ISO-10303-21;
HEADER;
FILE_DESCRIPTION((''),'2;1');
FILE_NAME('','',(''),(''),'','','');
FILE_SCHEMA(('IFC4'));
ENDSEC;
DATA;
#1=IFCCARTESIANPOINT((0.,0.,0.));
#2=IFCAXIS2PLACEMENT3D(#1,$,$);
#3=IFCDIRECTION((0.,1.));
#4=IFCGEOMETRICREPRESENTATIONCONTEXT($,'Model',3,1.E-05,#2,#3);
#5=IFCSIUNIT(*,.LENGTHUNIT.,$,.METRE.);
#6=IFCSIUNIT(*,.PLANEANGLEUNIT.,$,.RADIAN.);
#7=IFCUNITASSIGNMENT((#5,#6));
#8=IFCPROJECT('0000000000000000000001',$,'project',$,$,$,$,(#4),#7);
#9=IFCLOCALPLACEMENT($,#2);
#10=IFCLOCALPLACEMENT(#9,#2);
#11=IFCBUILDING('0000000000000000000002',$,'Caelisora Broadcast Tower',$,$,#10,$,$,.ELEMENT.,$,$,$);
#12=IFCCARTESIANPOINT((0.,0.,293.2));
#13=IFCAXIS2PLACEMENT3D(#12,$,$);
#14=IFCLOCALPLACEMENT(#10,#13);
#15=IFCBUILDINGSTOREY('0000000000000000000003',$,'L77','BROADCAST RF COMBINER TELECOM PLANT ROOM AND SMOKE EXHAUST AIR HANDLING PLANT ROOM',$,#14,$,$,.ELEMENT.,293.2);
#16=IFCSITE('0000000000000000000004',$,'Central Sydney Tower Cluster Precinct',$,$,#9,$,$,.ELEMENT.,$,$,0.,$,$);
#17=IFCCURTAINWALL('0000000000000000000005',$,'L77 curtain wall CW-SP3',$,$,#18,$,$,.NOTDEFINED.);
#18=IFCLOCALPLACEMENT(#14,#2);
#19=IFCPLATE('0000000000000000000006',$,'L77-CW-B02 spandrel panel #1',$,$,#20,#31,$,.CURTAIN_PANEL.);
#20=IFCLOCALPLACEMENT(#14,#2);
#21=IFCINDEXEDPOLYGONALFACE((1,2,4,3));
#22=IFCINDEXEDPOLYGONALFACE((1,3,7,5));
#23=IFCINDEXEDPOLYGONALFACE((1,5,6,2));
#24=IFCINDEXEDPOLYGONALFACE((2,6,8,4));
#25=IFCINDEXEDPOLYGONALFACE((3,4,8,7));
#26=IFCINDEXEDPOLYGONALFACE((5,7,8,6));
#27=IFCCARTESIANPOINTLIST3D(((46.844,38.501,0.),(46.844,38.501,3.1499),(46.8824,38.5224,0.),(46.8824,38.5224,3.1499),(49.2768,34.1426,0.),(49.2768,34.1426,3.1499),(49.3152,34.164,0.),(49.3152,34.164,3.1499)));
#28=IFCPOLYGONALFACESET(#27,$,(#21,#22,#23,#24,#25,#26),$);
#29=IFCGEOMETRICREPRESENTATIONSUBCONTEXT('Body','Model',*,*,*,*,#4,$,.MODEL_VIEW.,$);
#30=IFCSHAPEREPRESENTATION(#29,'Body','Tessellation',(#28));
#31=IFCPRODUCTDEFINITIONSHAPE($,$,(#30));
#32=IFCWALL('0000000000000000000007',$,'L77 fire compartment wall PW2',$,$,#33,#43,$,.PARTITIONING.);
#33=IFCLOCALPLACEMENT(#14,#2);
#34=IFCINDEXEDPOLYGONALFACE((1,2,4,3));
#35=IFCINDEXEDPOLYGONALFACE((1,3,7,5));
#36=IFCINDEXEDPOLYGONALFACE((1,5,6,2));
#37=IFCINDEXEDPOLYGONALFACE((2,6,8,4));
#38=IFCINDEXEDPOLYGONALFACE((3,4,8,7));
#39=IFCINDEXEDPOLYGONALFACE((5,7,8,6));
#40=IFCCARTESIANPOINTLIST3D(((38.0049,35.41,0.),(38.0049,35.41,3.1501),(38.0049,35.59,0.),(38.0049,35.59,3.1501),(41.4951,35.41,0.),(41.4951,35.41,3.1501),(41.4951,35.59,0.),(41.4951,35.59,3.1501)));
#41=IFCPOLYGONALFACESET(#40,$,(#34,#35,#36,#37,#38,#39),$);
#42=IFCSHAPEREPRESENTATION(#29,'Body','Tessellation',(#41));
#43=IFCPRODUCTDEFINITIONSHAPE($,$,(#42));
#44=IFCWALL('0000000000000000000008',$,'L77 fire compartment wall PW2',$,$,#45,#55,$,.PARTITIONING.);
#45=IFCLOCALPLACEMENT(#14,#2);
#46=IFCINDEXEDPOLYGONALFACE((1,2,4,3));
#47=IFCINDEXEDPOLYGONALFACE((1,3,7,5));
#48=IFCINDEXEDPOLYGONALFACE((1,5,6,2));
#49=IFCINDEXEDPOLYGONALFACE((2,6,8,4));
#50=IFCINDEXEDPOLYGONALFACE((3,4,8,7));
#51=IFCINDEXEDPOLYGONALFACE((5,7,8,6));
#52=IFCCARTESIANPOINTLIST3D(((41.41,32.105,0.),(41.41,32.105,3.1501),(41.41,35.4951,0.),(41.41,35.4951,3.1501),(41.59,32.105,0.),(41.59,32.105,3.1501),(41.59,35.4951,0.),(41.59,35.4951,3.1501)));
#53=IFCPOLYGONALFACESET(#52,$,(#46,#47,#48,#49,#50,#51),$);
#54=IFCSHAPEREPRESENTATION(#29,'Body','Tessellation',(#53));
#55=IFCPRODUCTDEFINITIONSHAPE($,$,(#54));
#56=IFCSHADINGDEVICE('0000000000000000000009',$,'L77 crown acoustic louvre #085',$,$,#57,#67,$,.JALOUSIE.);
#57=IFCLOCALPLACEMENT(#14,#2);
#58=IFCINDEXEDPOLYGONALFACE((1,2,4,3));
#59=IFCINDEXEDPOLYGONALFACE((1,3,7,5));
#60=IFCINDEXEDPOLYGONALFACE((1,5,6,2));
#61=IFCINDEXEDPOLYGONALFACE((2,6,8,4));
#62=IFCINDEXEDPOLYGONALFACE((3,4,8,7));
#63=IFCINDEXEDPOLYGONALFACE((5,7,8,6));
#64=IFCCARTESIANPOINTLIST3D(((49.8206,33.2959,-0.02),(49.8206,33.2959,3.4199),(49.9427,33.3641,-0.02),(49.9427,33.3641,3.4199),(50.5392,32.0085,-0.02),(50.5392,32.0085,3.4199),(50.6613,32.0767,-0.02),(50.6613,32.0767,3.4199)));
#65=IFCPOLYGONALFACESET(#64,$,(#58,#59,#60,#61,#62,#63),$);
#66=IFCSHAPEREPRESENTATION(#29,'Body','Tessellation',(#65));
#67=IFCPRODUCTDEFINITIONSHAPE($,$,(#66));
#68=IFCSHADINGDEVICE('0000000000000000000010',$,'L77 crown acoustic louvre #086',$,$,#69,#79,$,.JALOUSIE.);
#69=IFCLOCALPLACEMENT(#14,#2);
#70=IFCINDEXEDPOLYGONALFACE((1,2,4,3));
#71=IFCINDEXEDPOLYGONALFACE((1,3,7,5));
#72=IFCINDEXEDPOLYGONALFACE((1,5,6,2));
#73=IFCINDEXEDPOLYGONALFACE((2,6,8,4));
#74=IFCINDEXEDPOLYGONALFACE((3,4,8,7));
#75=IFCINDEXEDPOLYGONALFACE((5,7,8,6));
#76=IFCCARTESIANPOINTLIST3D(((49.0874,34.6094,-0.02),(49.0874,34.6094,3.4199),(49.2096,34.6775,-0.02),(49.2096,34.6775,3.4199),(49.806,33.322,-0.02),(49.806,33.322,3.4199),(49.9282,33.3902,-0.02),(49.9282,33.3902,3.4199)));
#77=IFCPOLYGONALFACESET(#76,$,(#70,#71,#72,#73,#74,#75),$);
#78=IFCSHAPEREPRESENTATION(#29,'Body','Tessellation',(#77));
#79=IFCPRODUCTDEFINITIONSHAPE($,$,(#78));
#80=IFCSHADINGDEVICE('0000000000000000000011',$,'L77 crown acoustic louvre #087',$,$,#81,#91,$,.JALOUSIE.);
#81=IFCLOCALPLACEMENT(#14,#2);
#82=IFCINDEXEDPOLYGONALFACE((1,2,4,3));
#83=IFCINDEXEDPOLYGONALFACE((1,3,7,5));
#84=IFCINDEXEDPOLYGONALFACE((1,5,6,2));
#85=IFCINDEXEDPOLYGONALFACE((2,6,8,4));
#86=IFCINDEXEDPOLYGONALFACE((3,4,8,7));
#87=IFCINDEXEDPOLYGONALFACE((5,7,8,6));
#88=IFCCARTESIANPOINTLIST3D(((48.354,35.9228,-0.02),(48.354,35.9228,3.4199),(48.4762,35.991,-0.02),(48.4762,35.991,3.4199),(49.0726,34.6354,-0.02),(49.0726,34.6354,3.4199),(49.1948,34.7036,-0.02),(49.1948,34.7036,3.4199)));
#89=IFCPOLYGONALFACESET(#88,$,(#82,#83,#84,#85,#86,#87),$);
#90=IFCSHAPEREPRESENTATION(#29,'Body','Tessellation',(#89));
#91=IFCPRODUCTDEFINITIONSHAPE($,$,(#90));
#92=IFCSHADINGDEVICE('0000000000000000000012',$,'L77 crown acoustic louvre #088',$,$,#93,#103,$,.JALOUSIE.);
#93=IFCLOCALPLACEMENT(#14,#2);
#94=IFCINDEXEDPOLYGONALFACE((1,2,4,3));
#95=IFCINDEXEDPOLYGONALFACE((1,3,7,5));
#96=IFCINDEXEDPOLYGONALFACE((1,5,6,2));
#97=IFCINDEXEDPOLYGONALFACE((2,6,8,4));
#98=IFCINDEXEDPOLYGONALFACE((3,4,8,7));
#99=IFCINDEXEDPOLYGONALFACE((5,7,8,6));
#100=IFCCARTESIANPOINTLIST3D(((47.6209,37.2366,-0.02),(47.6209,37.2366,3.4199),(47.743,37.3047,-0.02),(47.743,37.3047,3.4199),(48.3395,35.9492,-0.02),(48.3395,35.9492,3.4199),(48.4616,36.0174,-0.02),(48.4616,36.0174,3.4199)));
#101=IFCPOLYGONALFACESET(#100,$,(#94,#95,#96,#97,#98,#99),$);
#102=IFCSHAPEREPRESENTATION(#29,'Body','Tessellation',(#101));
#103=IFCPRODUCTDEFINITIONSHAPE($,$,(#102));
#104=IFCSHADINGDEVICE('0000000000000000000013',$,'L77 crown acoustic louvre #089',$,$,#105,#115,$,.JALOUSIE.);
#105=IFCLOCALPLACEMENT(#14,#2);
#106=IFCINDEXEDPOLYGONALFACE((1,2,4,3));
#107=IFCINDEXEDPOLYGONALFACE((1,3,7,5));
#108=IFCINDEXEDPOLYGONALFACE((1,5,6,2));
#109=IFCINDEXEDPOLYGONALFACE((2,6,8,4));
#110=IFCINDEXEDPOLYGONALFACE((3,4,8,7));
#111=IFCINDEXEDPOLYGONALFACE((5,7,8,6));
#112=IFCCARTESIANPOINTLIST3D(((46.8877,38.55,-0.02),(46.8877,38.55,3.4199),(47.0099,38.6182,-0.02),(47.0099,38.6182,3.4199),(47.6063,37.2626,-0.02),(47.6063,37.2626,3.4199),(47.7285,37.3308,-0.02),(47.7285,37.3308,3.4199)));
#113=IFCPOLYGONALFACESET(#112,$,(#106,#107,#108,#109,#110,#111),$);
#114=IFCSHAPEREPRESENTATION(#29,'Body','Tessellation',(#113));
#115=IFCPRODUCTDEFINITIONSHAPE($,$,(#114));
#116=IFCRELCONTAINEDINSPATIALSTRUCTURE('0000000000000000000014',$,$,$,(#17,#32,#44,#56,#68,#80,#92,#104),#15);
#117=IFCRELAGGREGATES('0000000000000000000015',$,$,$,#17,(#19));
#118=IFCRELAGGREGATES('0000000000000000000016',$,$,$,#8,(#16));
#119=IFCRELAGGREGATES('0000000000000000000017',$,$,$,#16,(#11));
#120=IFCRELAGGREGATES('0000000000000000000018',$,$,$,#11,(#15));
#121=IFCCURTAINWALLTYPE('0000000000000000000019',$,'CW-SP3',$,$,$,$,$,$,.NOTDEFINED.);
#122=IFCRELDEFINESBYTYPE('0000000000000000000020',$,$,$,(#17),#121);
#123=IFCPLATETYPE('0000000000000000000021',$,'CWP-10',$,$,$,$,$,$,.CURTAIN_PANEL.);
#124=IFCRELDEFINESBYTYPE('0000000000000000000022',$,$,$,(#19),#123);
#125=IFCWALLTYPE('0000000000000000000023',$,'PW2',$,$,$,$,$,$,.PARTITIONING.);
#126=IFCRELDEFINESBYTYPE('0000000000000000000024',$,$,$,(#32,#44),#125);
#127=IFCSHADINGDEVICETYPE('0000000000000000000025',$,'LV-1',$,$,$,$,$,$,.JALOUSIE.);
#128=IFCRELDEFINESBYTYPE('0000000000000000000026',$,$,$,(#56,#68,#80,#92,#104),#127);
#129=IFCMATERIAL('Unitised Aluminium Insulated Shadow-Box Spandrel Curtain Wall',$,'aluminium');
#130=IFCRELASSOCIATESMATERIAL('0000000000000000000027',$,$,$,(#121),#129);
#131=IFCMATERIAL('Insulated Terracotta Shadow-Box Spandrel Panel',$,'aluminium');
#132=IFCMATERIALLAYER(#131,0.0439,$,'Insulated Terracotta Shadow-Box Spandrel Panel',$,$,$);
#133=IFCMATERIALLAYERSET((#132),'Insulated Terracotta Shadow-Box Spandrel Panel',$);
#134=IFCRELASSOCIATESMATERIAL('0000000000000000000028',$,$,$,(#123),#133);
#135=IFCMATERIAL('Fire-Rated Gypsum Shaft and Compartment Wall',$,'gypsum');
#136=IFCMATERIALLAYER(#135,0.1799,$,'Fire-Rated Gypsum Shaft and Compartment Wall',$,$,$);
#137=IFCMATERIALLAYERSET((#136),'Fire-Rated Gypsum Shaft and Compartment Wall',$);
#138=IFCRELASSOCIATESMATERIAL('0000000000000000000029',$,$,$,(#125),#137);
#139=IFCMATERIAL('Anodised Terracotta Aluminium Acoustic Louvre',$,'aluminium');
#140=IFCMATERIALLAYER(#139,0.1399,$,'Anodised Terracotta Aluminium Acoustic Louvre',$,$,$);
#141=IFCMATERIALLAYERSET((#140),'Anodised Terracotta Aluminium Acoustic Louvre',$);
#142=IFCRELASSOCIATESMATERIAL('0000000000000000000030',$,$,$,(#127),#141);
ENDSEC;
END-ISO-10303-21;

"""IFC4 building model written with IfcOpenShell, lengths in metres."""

from ifc_helpers import new_model, si_unit, direction, frame, frame_2d, origin, origin_2d, place, context, subcontext, project, spatial, rectangle, extrude, source, transform, mapped, material, layer, layer_set, type_object, type_shapes, element, aggregate, save


model = new_model("IFC4")

# Units and contexts
model_context = context("Model", 3, precision=1e-05, world=origin(), true_north=direction((0.0, 1.0)))
body_context = subcontext(model_context, "Body", "Model", "MODEL_VIEW")
ifc_project = project(units=[si_unit("LENGTHUNIT", "METRE"), si_unit("PLANEANGLEUNIT", "RADIAN")], contexts=[model_context])

# Site, building, storey
site_placement = place(None, origin())
site = spatial("IfcSite", under=ifc_project, at=site_placement, Name="Central Sydney Tower Cluster Precinct", CompositionType="ELEMENT", RefElevation=0.0)
building_placement = place(site_placement, origin())
building = spatial("IfcBuilding", under=site, at=building_placement, Name="Caelisora Broadcast Tower", CompositionType="ELEMENT")
storey_placement = place(building_placement, frame((0.0, 0.0, 293.2)))
storey = spatial("IfcBuildingStorey", under=building, at=storey_placement, Name="L77", Description="BROADCAST RF COMBINER TELECOM PLANT ROOM AND SMOKE EXHAUST AIR HANDLING PLANT ROOM", CompositionType="ELEMENT", Elevation=293.2)

# Shared definitions
ifc_material_1 = material(Name="Unitised Aluminium Insulated Shadow-Box Spandrel Curtain Wall", Category="aluminium")
curtain_wall_type = type_object("IfcCurtainWallType", Name="CW-SP3", PredefinedType="NOTDEFINED", material=ifc_material_1)

# Curtain wall
curtain_wall_1_placement = place(storey_placement, origin())
curtain_wall_1 = element("IfcCurtainWall", 1, at=curtain_wall_1_placement, inside=storey, type_object=curtain_wall_type, Name="L77 curtain wall CW-SP3", PredefinedType="NOTDEFINED")

# Plate
ifc_material_2 = material(Name="Insulated Terracotta Shadow-Box Spandrel Panel", Category="aluminium")
ifc_layer_1 = layer(ifc_material_2, 0.0439, Name="Insulated Terracotta Shadow-Box Spandrel Panel")
ifc_layer_set_1 = layer_set([ifc_layer_1], Name="Insulated Terracotta Shadow-Box Spandrel Panel")
plate_type_1 = type_object("IfcPlateType", Name="CWP-10", PredefinedType="CURTAIN_PANEL", material=ifc_layer_set_1)
shared_shape_1 = source(origin(), body_context, "Body", "SweptSolid", [
    extrude(rectangle(XDim=4.9915, YDim=0.0439, at=origin_2d()), origin(), (0.0, 0.0, 1.0), 3.1499),
])
type_shapes(plate_type_1, [shared_shape_1])
plate_1_placement = place(storey_placement, frame((48.0796, 36.3325, 0.0), z_axis=(0.0, 0.0, 1.0), x_axis=(0.487403, -0.873177, 0.0)))
plate_1 = element("IfcPlate", 2, at=plate_1_placement, type_object=plate_type_1, Name="L77-CW-B02 spandrel panel #1", PredefinedType="CURTAIN_PANEL", context=body_context, shape_type="MappedRepresentation", body=[
    mapped(shared_shape_1, transform((0.0, 0.0, 0.0), scale=1.0)),
])
aggregate(curtain_wall_1, [plate_1])

# Walls
ifc_material_3 = material(Name="Fire-Rated Gypsum Shaft and Compartment Wall", Category="gypsum")
ifc_layer_2 = layer(ifc_material_3, 0.1799, Name="Fire-Rated Gypsum Shaft and Compartment Wall")
ifc_layer_set_2 = layer_set([ifc_layer_2], Name="Fire-Rated Gypsum Shaft and Compartment Wall")
wall_type = type_object("IfcWallType", Name="PW2", PredefinedType="PARTITIONING", material=ifc_layer_set_2)
wall_1_placement = place(storey_placement, frame((38.0049, 35.5, 0.0), z_axis=(0.0, 0.0, 1.0), x_axis=(1.0, 0.0, 0.0)))
element("IfcWall", 3, at=wall_1_placement, inside=storey, type_object=wall_type, Name="L77 fire compartment wall PW2", PredefinedType="PARTITIONING", context=body_context, shape_type="SweptSolid", body=[
    extrude(rectangle(XDim=3.4902, YDim=0.1799, at=frame_2d((1.7451, 0.0))), origin(), (0.0, 0.0, 1.0), 3.1501),
])
wall_2_placement = place(storey_placement, frame((41.5, 35.4951, 0.0), z_axis=(0.0, 0.0, 1.0), x_axis=(0.0, -1.0, 0.0)))
element("IfcWall", 4, at=wall_2_placement, inside=storey, type_object=wall_type, Name="L77 fire compartment wall PW2", PredefinedType="PARTITIONING", context=body_context, shape_type="SweptSolid", body=[
    extrude(rectangle(XDim=3.3901, YDim=0.1799, at=frame_2d((1.6951, 0.0))), origin(), (0.0, 0.0, 1.0), 3.1501),
])

# Shading devices
ifc_material_4 = material(Name="Anodised Terracotta Aluminium Acoustic Louvre", Category="aluminium")
ifc_layer_3 = layer(ifc_material_4, 0.1399, Name="Anodised Terracotta Aluminium Acoustic Louvre")
ifc_layer_set_3 = layer_set([ifc_layer_3], Name="Anodised Terracotta Aluminium Acoustic Louvre")
shading_device_type = type_object("IfcShadingDeviceType", Name="LV-1", PredefinedType="JALOUSIE", material=ifc_layer_set_3)
shared_shape_2 = source(origin(), body_context, "Body", "SweptSolid", [
    extrude(rectangle(XDim=1.4744, YDim=0.1399, at=origin_2d()), origin(), (0.0, 0.0, 1.0), 3.4399),
])
type_shapes(shading_device_type, [shared_shape_2])
for number, where, z_axis, x_axis, name in (
    (5, (50.241, 32.6863, -0.02), (0.0, 0.0, 1.0), (-0.487403, 0.873177, 0.0), "L77 crown acoustic louvre #085"),
    (6, (49.5078, 33.9998, -0.02), (0.0, 0.0, 1.0), (-0.487403, 0.873177, 0.0), "L77 crown acoustic louvre #086"),
    (7, (48.7744, 35.3132, -0.02), (0.0, 0.0, 1.0), (-0.487403, 0.873177, 0.0), "L77 crown acoustic louvre #087"),
    (8, (48.0413, 36.627, -0.02), (0.0, 0.0, 1.0), (-0.487403, 0.873177, 0.0), "L77 crown acoustic louvre #088"),
    (9, (47.3081, 37.9404, -0.02), (0.0, 0.0, 1.0), (-0.487403, 0.873177, 0.0), "L77 crown acoustic louvre #089"),
):
    element("IfcShadingDevice", number, at=place(storey_placement, frame(where, z_axis=z_axis, x_axis=x_axis)), inside=storey, type_object=shading_device_type, Name=name, PredefinedType="JALOUSIE", context=body_context, shape_type="MappedRepresentation", body=[
        mapped(shared_shape_2, transform((0.0, 0.0, 0.0), scale=1.0)),
    ])

save(model, "model.ifc")
